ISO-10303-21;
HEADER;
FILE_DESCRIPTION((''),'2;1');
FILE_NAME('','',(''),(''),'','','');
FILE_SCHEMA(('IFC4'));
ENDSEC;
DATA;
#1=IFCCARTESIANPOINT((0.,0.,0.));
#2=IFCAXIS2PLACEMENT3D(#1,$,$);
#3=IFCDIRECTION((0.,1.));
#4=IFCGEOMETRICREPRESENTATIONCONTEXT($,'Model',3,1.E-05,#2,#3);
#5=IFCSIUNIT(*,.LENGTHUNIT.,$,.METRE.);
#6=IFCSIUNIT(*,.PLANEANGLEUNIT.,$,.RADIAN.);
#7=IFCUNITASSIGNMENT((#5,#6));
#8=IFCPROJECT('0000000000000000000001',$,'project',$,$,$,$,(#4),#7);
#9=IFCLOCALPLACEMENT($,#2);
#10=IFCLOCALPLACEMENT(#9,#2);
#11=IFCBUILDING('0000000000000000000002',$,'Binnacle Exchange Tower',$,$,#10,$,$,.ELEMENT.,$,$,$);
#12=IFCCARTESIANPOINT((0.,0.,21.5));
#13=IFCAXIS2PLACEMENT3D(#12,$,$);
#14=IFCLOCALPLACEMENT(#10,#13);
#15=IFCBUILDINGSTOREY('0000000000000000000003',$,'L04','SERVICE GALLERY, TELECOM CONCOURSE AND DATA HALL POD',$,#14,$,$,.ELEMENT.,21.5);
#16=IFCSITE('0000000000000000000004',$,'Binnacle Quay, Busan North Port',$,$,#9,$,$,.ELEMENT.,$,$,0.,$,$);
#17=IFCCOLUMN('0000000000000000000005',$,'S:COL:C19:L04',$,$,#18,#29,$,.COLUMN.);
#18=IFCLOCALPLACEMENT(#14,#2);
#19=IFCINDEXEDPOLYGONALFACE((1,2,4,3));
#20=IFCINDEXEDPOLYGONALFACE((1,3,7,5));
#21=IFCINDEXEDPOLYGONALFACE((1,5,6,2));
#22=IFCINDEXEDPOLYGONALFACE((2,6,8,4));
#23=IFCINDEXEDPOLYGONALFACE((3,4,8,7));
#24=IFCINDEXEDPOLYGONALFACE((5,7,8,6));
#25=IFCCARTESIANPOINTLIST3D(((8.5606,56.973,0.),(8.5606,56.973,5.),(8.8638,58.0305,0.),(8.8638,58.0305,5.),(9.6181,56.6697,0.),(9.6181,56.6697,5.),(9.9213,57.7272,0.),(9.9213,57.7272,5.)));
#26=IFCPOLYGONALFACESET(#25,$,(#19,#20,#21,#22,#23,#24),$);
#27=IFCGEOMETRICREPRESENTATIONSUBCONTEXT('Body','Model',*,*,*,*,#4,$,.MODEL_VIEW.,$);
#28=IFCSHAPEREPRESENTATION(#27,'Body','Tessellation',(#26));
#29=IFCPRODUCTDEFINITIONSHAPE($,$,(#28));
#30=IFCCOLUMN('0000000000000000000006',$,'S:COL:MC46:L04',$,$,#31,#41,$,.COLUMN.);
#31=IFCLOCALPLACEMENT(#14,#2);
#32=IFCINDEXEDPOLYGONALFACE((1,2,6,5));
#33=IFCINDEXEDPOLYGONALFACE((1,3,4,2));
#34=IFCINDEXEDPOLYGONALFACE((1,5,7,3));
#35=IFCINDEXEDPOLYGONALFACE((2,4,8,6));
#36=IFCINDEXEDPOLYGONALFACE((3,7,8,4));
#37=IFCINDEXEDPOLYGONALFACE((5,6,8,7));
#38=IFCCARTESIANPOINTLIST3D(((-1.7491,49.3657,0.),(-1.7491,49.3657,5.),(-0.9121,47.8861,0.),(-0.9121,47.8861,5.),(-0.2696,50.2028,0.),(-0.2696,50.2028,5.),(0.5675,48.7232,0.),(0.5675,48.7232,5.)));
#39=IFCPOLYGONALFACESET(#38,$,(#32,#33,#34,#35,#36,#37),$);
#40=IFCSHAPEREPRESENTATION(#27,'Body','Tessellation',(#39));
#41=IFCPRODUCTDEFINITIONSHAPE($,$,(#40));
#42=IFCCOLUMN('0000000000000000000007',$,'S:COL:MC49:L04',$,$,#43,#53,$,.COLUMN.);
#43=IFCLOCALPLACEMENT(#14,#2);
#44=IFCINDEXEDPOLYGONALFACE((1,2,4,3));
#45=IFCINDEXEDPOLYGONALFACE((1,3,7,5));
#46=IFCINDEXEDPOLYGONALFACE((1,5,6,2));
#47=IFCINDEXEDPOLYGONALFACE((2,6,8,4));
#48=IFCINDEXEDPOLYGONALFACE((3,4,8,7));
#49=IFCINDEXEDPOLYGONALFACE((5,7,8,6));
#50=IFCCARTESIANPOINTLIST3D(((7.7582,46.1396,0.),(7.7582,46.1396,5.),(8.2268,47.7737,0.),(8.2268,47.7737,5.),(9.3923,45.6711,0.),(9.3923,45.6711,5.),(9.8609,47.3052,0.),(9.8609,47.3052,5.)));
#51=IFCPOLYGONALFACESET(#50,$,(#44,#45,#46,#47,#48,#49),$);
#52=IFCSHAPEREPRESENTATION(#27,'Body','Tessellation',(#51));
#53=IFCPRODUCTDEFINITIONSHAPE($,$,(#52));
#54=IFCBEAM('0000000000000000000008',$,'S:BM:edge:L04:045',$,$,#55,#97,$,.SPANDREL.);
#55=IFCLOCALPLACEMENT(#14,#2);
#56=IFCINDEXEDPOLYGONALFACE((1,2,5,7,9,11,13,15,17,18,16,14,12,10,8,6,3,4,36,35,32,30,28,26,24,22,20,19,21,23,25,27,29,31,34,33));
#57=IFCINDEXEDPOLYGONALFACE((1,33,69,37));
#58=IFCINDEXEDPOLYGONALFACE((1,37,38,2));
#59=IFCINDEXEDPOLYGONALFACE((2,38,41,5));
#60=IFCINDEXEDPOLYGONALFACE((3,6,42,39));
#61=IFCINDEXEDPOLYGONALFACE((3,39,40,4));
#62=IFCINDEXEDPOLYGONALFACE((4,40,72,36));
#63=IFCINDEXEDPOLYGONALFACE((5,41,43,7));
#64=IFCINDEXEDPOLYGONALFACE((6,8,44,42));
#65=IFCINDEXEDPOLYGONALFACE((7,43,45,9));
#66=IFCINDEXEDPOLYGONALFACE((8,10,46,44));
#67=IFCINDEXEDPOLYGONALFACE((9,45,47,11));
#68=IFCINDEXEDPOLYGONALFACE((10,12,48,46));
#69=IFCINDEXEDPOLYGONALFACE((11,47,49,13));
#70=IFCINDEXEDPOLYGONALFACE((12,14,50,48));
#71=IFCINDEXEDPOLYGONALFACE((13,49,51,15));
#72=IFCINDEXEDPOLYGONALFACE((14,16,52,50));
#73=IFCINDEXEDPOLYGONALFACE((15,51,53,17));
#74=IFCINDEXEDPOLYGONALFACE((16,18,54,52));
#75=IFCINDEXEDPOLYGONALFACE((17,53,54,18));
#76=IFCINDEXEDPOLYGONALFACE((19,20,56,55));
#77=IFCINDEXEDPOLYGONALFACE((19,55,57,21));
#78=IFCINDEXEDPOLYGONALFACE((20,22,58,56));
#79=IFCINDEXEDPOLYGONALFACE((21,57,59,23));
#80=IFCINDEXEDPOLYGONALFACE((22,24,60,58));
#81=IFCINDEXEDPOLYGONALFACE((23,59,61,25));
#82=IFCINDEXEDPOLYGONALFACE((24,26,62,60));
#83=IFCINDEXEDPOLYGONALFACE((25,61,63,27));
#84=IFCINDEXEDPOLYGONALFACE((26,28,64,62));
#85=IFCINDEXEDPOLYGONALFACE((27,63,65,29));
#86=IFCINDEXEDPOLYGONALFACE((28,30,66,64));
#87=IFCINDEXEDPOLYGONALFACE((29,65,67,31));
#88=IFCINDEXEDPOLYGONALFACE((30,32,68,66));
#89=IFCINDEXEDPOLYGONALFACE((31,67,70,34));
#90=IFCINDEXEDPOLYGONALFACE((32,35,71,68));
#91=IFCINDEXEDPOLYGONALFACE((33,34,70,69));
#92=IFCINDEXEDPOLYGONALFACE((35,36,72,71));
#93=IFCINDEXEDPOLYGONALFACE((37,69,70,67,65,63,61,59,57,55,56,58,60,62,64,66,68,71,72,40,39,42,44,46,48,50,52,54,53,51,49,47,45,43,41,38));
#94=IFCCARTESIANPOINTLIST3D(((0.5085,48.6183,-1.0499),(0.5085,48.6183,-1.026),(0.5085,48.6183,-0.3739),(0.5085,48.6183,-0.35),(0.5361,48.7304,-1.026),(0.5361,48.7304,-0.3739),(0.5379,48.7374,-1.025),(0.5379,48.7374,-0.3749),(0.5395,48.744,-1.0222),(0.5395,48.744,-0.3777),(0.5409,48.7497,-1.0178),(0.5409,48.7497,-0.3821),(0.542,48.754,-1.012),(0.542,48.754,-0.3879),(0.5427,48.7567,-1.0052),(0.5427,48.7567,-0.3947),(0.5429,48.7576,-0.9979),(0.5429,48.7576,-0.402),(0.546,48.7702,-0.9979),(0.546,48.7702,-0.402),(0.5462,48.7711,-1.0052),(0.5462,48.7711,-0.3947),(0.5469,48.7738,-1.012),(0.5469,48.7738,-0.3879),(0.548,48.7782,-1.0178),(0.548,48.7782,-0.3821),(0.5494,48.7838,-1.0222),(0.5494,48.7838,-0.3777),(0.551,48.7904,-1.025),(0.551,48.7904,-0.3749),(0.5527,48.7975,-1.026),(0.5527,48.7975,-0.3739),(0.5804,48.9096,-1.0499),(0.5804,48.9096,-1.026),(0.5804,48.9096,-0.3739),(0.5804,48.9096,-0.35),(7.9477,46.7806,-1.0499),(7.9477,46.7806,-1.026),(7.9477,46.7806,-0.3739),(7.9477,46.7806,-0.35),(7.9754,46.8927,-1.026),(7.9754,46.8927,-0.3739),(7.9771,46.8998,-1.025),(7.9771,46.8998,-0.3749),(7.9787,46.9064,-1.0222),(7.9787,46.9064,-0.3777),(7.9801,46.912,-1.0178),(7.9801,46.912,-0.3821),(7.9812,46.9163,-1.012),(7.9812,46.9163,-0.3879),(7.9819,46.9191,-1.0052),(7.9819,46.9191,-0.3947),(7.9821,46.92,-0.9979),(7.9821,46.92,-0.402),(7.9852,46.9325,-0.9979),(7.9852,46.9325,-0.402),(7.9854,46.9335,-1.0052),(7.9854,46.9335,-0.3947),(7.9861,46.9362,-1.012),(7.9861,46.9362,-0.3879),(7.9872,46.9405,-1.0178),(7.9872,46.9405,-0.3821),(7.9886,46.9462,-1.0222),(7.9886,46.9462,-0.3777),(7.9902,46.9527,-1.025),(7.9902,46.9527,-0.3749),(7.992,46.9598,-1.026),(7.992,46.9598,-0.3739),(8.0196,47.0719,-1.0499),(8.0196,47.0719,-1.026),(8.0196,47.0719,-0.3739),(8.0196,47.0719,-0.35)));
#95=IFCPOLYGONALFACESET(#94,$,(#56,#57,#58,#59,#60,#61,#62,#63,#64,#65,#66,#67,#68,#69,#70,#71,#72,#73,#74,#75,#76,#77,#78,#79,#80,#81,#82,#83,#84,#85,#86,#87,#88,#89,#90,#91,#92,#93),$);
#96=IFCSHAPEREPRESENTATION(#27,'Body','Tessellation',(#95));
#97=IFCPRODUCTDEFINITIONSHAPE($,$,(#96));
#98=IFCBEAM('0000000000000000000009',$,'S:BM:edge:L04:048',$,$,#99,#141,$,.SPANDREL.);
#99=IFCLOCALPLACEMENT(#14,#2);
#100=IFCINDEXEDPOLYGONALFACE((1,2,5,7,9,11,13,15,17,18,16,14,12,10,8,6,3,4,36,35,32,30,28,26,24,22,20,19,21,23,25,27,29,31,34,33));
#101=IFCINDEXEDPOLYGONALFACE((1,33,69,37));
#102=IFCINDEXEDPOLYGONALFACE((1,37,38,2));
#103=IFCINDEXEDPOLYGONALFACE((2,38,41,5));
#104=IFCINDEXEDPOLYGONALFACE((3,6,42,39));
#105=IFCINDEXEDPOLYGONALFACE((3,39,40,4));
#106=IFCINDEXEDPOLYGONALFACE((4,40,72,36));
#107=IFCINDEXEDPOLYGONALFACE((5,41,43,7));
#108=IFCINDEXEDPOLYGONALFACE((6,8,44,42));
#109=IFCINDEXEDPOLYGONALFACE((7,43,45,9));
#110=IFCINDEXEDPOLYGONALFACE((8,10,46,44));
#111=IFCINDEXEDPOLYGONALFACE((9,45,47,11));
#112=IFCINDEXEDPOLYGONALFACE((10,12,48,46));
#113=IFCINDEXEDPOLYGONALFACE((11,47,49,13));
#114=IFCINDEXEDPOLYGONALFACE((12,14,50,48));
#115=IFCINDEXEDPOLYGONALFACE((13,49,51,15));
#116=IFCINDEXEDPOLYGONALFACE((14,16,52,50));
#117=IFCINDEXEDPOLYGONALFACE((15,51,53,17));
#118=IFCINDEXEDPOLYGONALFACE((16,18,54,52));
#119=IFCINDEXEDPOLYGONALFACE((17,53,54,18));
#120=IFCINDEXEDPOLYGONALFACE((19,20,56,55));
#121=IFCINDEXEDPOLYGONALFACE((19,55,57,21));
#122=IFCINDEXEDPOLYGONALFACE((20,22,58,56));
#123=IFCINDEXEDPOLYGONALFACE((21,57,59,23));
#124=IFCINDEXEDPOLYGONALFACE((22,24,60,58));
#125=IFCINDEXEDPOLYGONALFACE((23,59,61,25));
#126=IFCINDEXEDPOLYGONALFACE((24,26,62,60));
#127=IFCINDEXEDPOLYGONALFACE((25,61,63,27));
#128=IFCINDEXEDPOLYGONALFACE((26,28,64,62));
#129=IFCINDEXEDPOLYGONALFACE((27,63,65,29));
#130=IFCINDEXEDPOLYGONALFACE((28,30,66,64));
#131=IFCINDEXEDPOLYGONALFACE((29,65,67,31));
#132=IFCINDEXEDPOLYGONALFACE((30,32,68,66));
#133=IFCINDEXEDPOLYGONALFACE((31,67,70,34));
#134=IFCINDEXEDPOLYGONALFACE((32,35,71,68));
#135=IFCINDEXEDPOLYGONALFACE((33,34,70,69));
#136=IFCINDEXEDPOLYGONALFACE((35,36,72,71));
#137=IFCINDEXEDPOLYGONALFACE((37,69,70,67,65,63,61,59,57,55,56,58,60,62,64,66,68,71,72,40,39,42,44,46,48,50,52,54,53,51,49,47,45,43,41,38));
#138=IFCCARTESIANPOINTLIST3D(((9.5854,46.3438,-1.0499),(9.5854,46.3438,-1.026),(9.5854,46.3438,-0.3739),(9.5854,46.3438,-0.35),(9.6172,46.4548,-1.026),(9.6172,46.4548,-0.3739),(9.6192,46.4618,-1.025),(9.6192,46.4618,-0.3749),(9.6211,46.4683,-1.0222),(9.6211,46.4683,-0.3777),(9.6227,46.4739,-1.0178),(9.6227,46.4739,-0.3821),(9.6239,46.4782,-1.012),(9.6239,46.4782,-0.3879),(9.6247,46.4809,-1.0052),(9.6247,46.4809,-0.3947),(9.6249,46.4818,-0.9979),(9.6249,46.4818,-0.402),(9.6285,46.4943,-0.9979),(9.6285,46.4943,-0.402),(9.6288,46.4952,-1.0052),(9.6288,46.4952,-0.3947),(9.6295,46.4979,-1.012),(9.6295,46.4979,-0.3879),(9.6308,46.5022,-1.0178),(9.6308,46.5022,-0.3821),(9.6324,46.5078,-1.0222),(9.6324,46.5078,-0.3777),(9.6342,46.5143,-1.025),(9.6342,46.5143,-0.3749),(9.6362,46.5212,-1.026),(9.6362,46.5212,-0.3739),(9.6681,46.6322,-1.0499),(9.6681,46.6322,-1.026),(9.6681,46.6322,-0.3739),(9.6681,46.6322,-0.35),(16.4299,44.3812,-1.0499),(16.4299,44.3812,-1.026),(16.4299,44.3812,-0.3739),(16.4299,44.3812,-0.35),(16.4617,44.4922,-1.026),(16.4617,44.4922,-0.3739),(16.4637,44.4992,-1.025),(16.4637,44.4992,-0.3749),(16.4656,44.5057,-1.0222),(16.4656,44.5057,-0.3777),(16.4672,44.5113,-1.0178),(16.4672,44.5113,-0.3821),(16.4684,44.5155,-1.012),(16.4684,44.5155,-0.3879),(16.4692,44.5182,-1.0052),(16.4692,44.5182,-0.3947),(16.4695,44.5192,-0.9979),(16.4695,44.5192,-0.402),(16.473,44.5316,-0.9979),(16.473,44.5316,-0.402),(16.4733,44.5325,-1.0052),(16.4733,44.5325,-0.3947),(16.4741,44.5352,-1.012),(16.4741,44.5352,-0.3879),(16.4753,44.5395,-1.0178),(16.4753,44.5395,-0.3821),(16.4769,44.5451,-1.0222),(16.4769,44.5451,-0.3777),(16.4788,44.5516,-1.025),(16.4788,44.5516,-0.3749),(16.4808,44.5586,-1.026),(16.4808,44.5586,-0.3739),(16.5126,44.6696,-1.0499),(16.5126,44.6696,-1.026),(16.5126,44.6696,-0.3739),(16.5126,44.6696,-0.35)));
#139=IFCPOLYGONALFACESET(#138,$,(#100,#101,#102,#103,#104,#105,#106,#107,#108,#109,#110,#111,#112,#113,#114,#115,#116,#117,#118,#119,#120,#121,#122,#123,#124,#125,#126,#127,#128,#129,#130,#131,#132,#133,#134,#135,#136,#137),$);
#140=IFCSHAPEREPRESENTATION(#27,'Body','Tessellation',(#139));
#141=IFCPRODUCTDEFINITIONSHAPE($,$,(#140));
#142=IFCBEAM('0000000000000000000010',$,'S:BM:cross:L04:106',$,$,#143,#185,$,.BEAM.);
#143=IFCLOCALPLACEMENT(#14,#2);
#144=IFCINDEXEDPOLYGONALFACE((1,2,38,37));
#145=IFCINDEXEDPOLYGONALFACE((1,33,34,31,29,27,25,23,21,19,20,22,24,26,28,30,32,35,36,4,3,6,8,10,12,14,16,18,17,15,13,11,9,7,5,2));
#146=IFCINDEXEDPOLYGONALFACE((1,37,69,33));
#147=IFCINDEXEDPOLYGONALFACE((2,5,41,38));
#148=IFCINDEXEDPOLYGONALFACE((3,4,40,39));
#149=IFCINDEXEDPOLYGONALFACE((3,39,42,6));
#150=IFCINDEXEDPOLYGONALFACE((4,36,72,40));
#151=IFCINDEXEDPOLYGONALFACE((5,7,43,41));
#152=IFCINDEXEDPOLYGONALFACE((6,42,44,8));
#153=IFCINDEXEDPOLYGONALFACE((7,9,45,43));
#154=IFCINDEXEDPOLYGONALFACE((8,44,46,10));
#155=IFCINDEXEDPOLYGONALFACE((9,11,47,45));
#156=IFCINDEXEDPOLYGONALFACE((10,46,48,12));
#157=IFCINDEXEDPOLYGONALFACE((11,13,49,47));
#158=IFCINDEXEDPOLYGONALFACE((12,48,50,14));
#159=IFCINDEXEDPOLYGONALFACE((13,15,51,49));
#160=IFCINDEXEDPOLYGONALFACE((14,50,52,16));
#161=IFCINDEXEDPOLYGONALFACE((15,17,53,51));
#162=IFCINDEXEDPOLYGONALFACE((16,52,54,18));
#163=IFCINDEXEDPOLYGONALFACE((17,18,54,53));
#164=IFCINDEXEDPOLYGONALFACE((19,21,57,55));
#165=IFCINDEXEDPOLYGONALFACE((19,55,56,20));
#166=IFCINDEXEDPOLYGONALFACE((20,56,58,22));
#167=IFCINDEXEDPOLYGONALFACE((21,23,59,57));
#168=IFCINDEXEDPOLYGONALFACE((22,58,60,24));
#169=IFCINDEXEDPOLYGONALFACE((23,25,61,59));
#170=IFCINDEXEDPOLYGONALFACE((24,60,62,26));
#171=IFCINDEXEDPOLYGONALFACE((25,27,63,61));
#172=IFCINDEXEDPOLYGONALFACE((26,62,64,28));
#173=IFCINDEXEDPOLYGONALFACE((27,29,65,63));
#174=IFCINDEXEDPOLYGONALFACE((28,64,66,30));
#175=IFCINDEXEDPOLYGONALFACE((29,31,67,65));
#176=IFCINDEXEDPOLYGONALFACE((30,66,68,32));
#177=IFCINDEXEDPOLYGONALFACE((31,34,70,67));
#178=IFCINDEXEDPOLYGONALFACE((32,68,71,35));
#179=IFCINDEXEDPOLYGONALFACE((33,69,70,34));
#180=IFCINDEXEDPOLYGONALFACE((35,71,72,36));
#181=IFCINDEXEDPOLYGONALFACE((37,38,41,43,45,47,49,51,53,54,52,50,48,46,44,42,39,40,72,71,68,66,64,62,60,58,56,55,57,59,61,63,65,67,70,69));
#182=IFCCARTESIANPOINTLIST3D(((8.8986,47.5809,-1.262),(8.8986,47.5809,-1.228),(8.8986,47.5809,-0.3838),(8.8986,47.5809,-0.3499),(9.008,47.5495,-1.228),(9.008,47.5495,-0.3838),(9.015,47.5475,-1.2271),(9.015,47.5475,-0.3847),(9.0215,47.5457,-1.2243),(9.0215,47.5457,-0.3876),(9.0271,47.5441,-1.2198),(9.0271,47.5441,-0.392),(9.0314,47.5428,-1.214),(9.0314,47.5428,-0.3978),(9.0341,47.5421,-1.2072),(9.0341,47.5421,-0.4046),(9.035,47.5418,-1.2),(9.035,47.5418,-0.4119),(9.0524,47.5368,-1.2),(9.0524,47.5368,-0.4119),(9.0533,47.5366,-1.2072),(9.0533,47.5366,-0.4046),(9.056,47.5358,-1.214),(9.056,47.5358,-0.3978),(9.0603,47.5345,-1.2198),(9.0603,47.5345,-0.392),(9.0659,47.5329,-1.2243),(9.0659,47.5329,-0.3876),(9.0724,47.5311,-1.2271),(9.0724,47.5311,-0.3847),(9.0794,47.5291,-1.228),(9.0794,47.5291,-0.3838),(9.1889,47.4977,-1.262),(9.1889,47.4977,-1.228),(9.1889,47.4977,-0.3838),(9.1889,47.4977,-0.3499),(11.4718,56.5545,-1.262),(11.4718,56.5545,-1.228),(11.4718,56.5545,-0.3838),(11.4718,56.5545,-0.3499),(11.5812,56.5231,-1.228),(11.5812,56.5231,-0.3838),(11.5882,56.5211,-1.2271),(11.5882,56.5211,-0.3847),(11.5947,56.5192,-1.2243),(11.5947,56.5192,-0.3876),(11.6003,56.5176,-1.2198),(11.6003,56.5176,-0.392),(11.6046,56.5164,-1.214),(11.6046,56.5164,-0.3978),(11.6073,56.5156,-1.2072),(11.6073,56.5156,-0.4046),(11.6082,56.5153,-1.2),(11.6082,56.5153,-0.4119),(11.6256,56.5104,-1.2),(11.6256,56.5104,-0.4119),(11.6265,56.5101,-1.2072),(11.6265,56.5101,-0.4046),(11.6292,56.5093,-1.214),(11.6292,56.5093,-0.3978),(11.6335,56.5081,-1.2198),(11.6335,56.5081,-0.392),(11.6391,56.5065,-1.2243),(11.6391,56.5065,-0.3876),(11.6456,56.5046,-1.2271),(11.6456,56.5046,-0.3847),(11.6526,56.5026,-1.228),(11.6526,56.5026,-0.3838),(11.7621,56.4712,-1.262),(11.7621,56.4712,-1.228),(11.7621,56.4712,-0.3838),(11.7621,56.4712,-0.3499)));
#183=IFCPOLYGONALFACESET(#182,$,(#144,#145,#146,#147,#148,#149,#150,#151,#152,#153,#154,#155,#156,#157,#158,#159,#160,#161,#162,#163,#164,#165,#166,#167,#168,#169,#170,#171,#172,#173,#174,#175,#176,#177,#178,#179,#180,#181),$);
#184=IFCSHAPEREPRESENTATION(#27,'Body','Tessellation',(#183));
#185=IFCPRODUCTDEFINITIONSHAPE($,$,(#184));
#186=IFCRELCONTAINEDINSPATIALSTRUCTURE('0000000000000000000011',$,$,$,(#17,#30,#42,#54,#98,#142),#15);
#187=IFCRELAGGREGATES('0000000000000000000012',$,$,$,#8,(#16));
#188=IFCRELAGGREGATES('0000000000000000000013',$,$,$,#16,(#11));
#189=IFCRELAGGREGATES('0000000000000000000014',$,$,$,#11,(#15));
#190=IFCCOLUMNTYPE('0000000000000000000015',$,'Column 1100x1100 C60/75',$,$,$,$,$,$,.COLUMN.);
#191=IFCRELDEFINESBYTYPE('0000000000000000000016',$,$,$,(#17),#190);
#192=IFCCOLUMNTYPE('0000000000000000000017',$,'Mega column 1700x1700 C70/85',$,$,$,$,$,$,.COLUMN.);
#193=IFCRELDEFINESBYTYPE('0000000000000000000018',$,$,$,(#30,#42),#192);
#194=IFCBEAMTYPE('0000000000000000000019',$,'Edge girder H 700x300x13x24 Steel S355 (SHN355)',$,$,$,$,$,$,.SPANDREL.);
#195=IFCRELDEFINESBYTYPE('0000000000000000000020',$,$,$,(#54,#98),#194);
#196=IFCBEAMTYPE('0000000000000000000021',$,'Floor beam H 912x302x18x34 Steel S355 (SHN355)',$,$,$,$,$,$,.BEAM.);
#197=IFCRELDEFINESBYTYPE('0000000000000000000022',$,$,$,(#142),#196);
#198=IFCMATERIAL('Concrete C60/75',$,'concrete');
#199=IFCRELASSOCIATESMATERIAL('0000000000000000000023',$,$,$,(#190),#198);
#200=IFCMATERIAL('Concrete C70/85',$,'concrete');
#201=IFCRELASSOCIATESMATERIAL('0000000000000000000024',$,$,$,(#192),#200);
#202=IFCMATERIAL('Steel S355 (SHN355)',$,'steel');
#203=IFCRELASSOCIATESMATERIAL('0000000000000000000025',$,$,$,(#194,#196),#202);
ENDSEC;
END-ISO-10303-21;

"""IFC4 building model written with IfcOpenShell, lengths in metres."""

from ifc_helpers import new_model, si_unit, direction, frame, origin, origin_2d, place, context, subcontext, project, spatial, rectangle, i_section, extrude, material, material_profile, profile_set, type_object, element, save


model = new_model("IFC4")

# Units and contexts
model_context = context("Model", 3, precision=1e-05, world=origin(), true_north=direction((0.0, 1.0)))
body_context = subcontext(model_context, "Body", "Model", "MODEL_VIEW")
ifc_project = project(units=[si_unit("LENGTHUNIT", "METRE"), si_unit("PLANEANGLEUNIT", "RADIAN")], contexts=[model_context])

# Site, building, storey
site_placement = place(None, origin())
site = spatial("IfcSite", under=ifc_project, at=site_placement, Name="Binnacle Quay, Busan North Port", CompositionType="ELEMENT", RefElevation=0.0)
building_placement = place(site_placement, origin())
building = spatial("IfcBuilding", under=site, at=building_placement, Name="Binnacle Exchange Tower", CompositionType="ELEMENT")
storey_placement = place(building_placement, frame((0.0, 0.0, 21.5)))
storey = spatial("IfcBuildingStorey", under=building, at=storey_placement, Name="L04", Description="SERVICE GALLERY, TELECOM CONCOURSE AND DATA HALL POD", CompositionType="ELEMENT", Elevation=21.5)

# Columns
ifc_material_1 = material(Name="Concrete C60/75", Category="concrete")
ifc_material_profile_1 = material_profile(ifc_material_1, rectangle(XDim=1.1001, YDim=1.1001, at=origin_2d()), Name="Column 1100x1100 C60/75")
ifc_profile_set_1 = profile_set([ifc_material_profile_1], Name="Concrete C60/75")
column_type_1 = type_object("IfcColumnType", Name="Column 1100x1100 C60/75", PredefinedType="COLUMN", material=ifc_profile_set_1)
column_placement = place(storey_placement, frame((9.241, 57.3501, 0.0), z_axis=(0.0, 0.0, 1.0), x_axis=(0.961262, -0.275637, 0.0)))
element("IfcColumn", 1, at=column_placement, inside=storey, type_object=column_type_1, Name="S:COL:C19:L04", PredefinedType="COLUMN", context=body_context, shape_type="SweptSolid", body=[
    extrude(rectangle(XDim=1.1001, YDim=1.1001, at=origin_2d()), origin(), (0.0, 0.0, 1.0), 5.0),
])
ifc_material_2 = material(Name="Concrete C70/85", Category="concrete")
ifc_material_profile_2 = material_profile(ifc_material_2, rectangle(XDim=1.7, YDim=1.7, at=origin_2d()), Name="Mega column 1700x1700 C70/85")
ifc_profile_set_2 = profile_set([ifc_material_profile_2], Name="Concrete C70/85")
column_type_2 = type_object("IfcColumnType", Name="Mega column 1700x1700 C70/85", PredefinedType="COLUMN", material=ifc_profile_set_2)
for number, where, z_axis, x_axis, name in (
    (2, (-0.5908, 49.0444, 0.0), (0.0, 0.0, 1.0), (0.870356, 0.492424, 0.0), "S:COL:MC46:L04"),
    (3, (8.8096, 46.7224, 0.0), (0.0, 0.0, 1.0), (0.961262, -0.275637, 0.0), "S:COL:MC49:L04"),
):
    element("IfcColumn", number, at=place(storey_placement, frame(where, z_axis=z_axis, x_axis=x_axis)), inside=storey, type_object=column_type_2, Name=name, PredefinedType="COLUMN", context=body_context, shape_type="SweptSolid", body=[
        extrude(rectangle(XDim=1.7, YDim=1.7, at=origin_2d()), origin(), (0.0, 0.0, 1.0), 5.0),
    ])

# Beams
ifc_material_3 = material(Name="Steel S355 (SHN355)", Category="steel")
ifc_material_profile_3 = material_profile(ifc_material_3, i_section(OverallWidth=0.3, OverallDepth=0.7, WebThickness=0.0129, FlangeThickness=0.0239, FilletRadius=0.0281, at=origin_2d()), Name="H 700x300x13x24")
ifc_profile_set_3 = profile_set([ifc_material_profile_3], Name="Steel S355 (SHN355)")
beam_type_1 = type_object("IfcBeamType", Name="Edge girder H 700x300x13x24 Steel S355 (SHN355)", PredefinedType="SPANDREL", material=ifc_profile_set_3)
beam_1_placement = place(storey_placement, frame((0.5444, 48.7639, -0.7), z_axis=(0.970819, -0.239813, 0.0), x_axis=(0.239813, 0.970819, 0.0)))
element("IfcBeam", 4, at=beam_1_placement, inside=storey, type_object=beam_type_1, Name="S:BM:edge:L04:045", PredefinedType="SPANDREL", context=body_context, shape_type="SweptSolid", body=[
    extrude(i_section(OverallWidth=0.3, OverallDepth=0.7, WebThickness=0.0129, FlangeThickness=0.0239, FilletRadius=0.0281, at=origin_2d()), origin(), (0.0, 0.0, 1.0), 7.6628),
])
beam_2_placement = place(storey_placement, frame((9.6267, 46.488, -0.7), z_axis=(0.961261, -0.27564, 0.0), x_axis=(0.27564, 0.961261, 0.0)))
element("IfcBeam", 5, at=beam_2_placement, inside=storey, type_object=beam_type_1, Name="S:BM:edge:L04:048", PredefinedType="SPANDREL", context=body_context, shape_type="SweptSolid", body=[
    extrude(i_section(OverallWidth=0.3, OverallDepth=0.7, WebThickness=0.0129, FlangeThickness=0.0239, FilletRadius=0.0281, at=origin_2d()), origin(), (0.0, 0.0, 1.0), 7.1204),
])
ifc_material_profile_4 = material_profile(ifc_material_3, i_section(OverallWidth=0.302, OverallDepth=0.9121, WebThickness=0.0181, FlangeThickness=0.0339, FilletRadius=0.0281, at=origin_2d()), Name="H 912x302x18x34")
ifc_profile_set_4 = profile_set([ifc_material_profile_4], Name="Steel S355 (SHN355)")
beam_type_2 = type_object("IfcBeamType", Name="Floor beam H 912x302x18x34 Steel S355 (SHN355)", PredefinedType="BEAM", material=ifc_profile_set_4)
beam_3_placement = place(storey_placement, frame((9.0437, 47.5393, -0.8059), z_axis=(0.275647, 0.961259, 0.0), x_axis=(-0.961259, 0.275647, 0.0)))
element("IfcBeam", 6, at=beam_3_placement, inside=storey, type_object=beam_type_2, Name="S:BM:cross:L04:106", PredefinedType="BEAM", context=body_context, shape_type="SweptSolid", body=[
    extrude(i_section(OverallWidth=0.302, OverallDepth=0.9121, WebThickness=0.0181, FlangeThickness=0.0339, FilletRadius=0.0281, at=origin_2d()), origin(), (0.0, 0.0, 1.0), 9.3352),
])

save(model, "model.ifc")
